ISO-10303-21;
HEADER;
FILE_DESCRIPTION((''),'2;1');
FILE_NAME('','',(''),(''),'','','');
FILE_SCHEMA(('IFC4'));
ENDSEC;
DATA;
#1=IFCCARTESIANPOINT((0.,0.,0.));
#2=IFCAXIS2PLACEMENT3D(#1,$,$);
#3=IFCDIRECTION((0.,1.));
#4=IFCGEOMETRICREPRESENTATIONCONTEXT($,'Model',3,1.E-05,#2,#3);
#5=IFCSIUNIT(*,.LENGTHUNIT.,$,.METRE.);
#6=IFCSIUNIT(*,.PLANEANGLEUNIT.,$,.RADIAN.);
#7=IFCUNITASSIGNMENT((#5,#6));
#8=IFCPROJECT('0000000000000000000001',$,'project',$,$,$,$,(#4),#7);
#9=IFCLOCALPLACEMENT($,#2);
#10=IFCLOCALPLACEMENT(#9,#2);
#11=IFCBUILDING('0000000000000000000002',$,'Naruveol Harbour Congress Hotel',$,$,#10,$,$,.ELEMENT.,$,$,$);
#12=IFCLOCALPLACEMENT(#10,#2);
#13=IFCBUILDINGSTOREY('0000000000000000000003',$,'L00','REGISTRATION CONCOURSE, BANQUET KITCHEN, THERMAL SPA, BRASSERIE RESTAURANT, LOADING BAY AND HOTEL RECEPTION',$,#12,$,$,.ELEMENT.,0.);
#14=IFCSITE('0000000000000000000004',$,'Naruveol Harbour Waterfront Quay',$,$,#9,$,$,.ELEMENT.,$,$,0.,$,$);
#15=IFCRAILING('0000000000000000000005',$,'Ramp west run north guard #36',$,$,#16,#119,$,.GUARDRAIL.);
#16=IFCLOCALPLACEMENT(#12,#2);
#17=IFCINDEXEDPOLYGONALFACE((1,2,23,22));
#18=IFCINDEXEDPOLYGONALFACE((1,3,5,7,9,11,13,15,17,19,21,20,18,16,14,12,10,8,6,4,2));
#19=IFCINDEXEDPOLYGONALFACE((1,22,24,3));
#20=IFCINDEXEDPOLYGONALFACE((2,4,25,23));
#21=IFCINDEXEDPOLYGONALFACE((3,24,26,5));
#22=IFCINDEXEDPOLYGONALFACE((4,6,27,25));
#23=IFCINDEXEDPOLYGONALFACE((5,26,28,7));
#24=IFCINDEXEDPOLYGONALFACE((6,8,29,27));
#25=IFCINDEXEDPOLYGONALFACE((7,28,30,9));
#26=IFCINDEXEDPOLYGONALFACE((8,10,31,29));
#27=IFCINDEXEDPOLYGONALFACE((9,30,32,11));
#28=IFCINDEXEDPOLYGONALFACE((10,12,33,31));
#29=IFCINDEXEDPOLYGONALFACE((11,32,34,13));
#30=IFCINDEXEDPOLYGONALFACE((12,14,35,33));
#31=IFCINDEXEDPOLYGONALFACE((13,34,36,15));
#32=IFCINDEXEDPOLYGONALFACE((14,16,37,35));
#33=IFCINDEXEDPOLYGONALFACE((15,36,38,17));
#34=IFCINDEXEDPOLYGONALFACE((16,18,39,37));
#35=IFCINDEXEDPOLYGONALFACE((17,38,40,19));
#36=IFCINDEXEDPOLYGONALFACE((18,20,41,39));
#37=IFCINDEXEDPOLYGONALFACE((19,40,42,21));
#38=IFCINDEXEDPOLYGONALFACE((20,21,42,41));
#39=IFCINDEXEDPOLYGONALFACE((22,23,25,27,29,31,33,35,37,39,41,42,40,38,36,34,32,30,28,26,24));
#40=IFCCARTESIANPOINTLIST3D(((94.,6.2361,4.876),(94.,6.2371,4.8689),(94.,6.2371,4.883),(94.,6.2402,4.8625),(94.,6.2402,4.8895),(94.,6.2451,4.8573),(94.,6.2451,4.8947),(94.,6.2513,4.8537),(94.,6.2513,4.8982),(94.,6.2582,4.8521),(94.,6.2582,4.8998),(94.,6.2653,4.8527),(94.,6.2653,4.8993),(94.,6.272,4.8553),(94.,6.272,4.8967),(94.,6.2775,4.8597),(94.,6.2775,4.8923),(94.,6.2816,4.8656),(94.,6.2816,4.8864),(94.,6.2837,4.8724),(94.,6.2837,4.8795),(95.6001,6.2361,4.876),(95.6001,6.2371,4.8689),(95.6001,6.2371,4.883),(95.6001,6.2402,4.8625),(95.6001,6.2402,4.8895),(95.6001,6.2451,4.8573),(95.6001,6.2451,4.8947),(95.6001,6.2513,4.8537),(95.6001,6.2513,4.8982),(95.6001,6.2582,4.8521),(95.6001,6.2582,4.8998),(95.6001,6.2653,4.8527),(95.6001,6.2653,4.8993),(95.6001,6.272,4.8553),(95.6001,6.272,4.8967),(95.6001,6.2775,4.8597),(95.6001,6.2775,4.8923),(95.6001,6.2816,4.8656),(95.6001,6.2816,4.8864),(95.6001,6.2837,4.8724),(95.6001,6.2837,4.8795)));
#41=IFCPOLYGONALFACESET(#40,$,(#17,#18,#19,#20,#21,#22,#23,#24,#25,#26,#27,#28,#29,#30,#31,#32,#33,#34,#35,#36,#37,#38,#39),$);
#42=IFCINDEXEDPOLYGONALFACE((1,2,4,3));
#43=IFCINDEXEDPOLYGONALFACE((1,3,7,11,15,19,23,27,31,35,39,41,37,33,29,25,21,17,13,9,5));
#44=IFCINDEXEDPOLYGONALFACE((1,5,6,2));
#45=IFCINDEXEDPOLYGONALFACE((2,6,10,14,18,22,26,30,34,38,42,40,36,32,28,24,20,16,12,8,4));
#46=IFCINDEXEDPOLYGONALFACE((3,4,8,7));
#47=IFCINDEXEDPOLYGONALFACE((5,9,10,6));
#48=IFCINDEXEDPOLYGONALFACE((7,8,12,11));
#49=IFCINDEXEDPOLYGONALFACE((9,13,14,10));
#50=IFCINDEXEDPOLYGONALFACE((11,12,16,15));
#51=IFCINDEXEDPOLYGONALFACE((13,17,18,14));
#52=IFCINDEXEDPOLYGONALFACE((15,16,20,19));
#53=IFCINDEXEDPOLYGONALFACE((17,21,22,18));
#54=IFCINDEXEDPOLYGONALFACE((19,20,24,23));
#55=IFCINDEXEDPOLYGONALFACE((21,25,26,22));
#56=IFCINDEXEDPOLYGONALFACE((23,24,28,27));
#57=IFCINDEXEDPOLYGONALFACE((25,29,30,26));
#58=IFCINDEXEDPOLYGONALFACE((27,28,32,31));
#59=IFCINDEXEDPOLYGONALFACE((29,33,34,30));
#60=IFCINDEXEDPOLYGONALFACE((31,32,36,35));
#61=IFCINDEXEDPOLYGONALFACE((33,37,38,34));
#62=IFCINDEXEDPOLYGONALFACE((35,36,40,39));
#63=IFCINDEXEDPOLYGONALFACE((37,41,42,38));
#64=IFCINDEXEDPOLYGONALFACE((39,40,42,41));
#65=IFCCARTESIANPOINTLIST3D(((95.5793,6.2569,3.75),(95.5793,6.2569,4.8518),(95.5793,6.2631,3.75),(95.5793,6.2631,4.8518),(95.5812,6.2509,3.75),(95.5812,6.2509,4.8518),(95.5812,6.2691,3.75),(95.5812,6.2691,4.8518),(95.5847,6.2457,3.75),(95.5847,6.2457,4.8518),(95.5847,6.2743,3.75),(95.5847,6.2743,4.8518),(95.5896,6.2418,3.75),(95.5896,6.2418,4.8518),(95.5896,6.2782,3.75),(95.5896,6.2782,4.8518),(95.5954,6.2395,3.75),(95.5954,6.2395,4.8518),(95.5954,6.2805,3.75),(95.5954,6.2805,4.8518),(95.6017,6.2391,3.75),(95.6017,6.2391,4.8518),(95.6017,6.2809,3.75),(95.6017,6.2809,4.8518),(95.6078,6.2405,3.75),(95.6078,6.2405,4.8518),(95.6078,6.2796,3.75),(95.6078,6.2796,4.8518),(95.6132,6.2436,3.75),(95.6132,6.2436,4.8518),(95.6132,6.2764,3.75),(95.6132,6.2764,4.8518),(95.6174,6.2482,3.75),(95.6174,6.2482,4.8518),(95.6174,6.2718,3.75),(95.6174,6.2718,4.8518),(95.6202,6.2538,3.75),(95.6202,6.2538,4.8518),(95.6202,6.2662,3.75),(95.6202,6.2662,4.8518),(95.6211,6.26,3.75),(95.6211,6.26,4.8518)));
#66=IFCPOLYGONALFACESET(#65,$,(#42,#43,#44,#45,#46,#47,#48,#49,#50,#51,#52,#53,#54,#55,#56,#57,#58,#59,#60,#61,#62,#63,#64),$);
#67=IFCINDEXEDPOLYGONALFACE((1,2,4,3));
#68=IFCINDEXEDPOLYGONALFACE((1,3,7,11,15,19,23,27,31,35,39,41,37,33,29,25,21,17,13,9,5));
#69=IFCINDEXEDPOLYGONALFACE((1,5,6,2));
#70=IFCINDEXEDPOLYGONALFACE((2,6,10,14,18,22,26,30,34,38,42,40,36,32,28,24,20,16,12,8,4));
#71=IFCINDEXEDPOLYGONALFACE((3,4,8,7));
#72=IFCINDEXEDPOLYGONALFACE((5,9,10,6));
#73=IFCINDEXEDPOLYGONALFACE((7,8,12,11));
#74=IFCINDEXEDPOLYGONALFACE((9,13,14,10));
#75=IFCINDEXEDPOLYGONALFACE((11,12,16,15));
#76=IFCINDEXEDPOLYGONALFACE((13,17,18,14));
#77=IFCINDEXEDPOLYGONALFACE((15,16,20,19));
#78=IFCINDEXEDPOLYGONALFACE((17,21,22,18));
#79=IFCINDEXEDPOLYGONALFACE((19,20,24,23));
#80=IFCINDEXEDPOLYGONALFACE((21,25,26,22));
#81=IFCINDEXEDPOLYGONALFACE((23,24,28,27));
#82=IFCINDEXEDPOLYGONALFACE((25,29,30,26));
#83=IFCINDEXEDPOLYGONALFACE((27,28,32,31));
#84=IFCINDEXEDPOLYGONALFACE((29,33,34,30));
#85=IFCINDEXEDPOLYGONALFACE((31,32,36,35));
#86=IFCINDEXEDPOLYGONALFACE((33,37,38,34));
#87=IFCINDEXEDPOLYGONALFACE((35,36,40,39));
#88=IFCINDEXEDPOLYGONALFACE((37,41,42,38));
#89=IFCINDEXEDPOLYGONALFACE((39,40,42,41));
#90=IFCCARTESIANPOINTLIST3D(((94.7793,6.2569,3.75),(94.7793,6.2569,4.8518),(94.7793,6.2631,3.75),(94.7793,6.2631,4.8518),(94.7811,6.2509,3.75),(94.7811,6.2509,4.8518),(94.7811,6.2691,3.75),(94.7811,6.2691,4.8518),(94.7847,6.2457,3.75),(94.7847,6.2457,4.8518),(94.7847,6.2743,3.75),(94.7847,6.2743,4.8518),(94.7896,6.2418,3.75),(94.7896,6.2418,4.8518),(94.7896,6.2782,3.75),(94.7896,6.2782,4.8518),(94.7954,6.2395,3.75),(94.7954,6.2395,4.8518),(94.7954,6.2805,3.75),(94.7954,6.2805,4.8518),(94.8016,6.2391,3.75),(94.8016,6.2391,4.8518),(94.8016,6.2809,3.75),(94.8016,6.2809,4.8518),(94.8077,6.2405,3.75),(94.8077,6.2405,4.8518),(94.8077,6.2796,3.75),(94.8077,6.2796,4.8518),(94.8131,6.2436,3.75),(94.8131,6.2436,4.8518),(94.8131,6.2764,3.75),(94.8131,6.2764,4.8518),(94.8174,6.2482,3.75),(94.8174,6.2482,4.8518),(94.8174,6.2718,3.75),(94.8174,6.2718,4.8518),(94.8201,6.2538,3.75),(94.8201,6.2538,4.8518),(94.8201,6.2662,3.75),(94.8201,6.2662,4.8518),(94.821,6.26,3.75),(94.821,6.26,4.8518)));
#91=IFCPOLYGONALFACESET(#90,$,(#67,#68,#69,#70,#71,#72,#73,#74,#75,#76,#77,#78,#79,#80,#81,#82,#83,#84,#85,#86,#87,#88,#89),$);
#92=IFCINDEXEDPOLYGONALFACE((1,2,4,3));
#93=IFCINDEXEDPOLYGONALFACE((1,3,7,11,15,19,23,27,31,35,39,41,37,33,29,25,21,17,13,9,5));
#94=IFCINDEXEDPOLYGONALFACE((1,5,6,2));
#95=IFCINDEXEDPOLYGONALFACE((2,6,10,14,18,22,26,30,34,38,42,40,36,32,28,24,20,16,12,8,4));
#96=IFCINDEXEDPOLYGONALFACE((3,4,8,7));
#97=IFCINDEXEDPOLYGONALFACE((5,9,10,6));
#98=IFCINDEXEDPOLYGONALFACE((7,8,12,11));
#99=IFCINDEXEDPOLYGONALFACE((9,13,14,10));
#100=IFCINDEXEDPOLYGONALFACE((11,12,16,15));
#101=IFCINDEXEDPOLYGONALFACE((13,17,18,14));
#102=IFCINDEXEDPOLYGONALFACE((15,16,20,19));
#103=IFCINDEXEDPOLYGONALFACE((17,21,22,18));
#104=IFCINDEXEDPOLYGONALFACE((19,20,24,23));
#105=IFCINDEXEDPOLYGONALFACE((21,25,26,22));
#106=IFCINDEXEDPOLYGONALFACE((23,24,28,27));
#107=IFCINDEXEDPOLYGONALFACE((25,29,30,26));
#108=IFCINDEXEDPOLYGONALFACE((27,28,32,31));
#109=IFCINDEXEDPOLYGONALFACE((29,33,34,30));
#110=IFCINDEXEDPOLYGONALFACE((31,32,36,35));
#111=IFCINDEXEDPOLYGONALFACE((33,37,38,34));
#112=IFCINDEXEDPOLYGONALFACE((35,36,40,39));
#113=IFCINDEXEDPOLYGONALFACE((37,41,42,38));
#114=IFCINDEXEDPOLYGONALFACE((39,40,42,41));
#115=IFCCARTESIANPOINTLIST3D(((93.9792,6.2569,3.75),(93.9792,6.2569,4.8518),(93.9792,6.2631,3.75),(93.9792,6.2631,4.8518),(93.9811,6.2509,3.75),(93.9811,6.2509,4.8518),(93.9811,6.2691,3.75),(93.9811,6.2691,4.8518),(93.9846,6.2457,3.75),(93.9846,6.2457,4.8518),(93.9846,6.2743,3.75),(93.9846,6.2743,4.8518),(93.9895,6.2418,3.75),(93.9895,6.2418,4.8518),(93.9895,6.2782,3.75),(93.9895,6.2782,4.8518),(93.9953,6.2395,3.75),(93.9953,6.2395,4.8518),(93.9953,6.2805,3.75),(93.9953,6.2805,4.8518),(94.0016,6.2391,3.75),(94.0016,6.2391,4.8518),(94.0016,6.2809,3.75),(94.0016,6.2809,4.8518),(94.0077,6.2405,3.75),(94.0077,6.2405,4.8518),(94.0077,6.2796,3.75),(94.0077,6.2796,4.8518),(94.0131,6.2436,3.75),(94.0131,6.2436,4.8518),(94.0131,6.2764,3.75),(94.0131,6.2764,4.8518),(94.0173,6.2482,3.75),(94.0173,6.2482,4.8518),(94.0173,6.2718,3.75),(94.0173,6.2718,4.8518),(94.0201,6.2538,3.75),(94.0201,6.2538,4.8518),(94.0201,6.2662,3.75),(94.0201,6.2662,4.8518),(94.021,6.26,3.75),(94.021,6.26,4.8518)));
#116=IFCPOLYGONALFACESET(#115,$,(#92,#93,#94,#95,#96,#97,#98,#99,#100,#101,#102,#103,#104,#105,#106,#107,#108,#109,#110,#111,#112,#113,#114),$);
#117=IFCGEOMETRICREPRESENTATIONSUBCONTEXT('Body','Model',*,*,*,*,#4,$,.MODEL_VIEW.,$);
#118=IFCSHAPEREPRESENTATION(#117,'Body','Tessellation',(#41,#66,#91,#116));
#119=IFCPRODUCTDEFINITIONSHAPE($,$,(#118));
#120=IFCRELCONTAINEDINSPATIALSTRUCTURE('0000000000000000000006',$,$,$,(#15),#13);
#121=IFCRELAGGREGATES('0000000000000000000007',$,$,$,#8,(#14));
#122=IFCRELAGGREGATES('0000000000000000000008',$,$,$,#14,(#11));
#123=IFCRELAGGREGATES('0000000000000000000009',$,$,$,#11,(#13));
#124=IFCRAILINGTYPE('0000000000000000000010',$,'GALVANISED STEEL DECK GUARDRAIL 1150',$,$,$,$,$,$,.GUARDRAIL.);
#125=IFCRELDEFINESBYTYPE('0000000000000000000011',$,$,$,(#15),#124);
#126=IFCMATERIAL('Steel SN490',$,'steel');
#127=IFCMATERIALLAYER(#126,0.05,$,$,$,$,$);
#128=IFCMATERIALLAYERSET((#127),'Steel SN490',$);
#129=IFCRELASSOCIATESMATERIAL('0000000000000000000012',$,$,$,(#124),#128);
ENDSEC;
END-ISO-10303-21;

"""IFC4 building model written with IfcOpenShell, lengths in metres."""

from ifc_helpers import new_model, si_unit, direction, frame, origin, origin_2d, place, context, subcontext, project, spatial, circle, extrude, material, layer, layer_set, type_object, element, save


model = new_model("IFC4")

# Units and contexts
model_context = context("Model", 3, precision=1e-05, world=origin(), true_north=direction((0.0, 1.0)))
body_context = subcontext(model_context, "Body", "Model", "MODEL_VIEW")
ifc_project = project(units=[si_unit("LENGTHUNIT", "METRE"), si_unit("PLANEANGLEUNIT", "RADIAN")], contexts=[model_context])

# Site, building, storey
site_placement = place(None, origin())
site = spatial("IfcSite", under=ifc_project, at=site_placement, Name="Naruveol Harbour Waterfront Quay", CompositionType="ELEMENT", RefElevation=0.0)
building_placement = place(site_placement, origin())
building = spatial("IfcBuilding", under=site, at=building_placement, Name="Naruveol Harbour Congress Hotel", CompositionType="ELEMENT")
storey_placement = place(building_placement, origin())
storey = spatial("IfcBuildingStorey", under=building, at=storey_placement, Name="L00", Description="REGISTRATION CONCOURSE, BANQUET KITCHEN, THERMAL SPA, BRASSERIE RESTAURANT, LOADING BAY AND HOTEL RECEPTION", CompositionType="ELEMENT", Elevation=0.0)

# Railing
ifc_material_1 = material(Name="Steel SN490", Category="steel")
ifc_layer_1 = layer(ifc_material_1, 0.05)
ifc_layer_set_1 = layer_set([ifc_layer_1], Name="Steel SN490")
railing_type = type_object("IfcRailingType", Name="GALVANISED STEEL DECK GUARDRAIL 1150", PredefinedType="GUARDRAIL", material=ifc_layer_set_1)
railing_1_placement = place(storey_placement, frame((95.6001, 6.26, 3.75)))
element("IfcRailing", 1, at=railing_1_placement, inside=storey, type_object=railing_type, Name="Ramp west run north guard #36", PredefinedType="GUARDRAIL", context=body_context, shape_type="SweptSolid", body=[
    extrude(circle(Radius=0.0239, at=origin_2d()), frame((0.0, 0.0, 1.126), z_axis=(-1.0, 0.0, 0.0), x_axis=(0.0, -1.0, 0.0)), (0.0, 0.0, 1.0), 1.6001),
    extrude(circle(Radius=0.021, at=origin_2d()), origin(), (0.0, 0.0, 1.0), 1.1018),
    extrude(circle(Radius=0.021, at=origin_2d()), frame((-0.8, 0.0, 0.0)), (0.0, 0.0, 1.0), 1.1018),
    extrude(circle(Radius=0.021, at=origin_2d()), frame((-1.6001, 0.0, 0.0)), (0.0, 0.0, 1.0), 1.1018),
])

save(model, "model.ifc")
